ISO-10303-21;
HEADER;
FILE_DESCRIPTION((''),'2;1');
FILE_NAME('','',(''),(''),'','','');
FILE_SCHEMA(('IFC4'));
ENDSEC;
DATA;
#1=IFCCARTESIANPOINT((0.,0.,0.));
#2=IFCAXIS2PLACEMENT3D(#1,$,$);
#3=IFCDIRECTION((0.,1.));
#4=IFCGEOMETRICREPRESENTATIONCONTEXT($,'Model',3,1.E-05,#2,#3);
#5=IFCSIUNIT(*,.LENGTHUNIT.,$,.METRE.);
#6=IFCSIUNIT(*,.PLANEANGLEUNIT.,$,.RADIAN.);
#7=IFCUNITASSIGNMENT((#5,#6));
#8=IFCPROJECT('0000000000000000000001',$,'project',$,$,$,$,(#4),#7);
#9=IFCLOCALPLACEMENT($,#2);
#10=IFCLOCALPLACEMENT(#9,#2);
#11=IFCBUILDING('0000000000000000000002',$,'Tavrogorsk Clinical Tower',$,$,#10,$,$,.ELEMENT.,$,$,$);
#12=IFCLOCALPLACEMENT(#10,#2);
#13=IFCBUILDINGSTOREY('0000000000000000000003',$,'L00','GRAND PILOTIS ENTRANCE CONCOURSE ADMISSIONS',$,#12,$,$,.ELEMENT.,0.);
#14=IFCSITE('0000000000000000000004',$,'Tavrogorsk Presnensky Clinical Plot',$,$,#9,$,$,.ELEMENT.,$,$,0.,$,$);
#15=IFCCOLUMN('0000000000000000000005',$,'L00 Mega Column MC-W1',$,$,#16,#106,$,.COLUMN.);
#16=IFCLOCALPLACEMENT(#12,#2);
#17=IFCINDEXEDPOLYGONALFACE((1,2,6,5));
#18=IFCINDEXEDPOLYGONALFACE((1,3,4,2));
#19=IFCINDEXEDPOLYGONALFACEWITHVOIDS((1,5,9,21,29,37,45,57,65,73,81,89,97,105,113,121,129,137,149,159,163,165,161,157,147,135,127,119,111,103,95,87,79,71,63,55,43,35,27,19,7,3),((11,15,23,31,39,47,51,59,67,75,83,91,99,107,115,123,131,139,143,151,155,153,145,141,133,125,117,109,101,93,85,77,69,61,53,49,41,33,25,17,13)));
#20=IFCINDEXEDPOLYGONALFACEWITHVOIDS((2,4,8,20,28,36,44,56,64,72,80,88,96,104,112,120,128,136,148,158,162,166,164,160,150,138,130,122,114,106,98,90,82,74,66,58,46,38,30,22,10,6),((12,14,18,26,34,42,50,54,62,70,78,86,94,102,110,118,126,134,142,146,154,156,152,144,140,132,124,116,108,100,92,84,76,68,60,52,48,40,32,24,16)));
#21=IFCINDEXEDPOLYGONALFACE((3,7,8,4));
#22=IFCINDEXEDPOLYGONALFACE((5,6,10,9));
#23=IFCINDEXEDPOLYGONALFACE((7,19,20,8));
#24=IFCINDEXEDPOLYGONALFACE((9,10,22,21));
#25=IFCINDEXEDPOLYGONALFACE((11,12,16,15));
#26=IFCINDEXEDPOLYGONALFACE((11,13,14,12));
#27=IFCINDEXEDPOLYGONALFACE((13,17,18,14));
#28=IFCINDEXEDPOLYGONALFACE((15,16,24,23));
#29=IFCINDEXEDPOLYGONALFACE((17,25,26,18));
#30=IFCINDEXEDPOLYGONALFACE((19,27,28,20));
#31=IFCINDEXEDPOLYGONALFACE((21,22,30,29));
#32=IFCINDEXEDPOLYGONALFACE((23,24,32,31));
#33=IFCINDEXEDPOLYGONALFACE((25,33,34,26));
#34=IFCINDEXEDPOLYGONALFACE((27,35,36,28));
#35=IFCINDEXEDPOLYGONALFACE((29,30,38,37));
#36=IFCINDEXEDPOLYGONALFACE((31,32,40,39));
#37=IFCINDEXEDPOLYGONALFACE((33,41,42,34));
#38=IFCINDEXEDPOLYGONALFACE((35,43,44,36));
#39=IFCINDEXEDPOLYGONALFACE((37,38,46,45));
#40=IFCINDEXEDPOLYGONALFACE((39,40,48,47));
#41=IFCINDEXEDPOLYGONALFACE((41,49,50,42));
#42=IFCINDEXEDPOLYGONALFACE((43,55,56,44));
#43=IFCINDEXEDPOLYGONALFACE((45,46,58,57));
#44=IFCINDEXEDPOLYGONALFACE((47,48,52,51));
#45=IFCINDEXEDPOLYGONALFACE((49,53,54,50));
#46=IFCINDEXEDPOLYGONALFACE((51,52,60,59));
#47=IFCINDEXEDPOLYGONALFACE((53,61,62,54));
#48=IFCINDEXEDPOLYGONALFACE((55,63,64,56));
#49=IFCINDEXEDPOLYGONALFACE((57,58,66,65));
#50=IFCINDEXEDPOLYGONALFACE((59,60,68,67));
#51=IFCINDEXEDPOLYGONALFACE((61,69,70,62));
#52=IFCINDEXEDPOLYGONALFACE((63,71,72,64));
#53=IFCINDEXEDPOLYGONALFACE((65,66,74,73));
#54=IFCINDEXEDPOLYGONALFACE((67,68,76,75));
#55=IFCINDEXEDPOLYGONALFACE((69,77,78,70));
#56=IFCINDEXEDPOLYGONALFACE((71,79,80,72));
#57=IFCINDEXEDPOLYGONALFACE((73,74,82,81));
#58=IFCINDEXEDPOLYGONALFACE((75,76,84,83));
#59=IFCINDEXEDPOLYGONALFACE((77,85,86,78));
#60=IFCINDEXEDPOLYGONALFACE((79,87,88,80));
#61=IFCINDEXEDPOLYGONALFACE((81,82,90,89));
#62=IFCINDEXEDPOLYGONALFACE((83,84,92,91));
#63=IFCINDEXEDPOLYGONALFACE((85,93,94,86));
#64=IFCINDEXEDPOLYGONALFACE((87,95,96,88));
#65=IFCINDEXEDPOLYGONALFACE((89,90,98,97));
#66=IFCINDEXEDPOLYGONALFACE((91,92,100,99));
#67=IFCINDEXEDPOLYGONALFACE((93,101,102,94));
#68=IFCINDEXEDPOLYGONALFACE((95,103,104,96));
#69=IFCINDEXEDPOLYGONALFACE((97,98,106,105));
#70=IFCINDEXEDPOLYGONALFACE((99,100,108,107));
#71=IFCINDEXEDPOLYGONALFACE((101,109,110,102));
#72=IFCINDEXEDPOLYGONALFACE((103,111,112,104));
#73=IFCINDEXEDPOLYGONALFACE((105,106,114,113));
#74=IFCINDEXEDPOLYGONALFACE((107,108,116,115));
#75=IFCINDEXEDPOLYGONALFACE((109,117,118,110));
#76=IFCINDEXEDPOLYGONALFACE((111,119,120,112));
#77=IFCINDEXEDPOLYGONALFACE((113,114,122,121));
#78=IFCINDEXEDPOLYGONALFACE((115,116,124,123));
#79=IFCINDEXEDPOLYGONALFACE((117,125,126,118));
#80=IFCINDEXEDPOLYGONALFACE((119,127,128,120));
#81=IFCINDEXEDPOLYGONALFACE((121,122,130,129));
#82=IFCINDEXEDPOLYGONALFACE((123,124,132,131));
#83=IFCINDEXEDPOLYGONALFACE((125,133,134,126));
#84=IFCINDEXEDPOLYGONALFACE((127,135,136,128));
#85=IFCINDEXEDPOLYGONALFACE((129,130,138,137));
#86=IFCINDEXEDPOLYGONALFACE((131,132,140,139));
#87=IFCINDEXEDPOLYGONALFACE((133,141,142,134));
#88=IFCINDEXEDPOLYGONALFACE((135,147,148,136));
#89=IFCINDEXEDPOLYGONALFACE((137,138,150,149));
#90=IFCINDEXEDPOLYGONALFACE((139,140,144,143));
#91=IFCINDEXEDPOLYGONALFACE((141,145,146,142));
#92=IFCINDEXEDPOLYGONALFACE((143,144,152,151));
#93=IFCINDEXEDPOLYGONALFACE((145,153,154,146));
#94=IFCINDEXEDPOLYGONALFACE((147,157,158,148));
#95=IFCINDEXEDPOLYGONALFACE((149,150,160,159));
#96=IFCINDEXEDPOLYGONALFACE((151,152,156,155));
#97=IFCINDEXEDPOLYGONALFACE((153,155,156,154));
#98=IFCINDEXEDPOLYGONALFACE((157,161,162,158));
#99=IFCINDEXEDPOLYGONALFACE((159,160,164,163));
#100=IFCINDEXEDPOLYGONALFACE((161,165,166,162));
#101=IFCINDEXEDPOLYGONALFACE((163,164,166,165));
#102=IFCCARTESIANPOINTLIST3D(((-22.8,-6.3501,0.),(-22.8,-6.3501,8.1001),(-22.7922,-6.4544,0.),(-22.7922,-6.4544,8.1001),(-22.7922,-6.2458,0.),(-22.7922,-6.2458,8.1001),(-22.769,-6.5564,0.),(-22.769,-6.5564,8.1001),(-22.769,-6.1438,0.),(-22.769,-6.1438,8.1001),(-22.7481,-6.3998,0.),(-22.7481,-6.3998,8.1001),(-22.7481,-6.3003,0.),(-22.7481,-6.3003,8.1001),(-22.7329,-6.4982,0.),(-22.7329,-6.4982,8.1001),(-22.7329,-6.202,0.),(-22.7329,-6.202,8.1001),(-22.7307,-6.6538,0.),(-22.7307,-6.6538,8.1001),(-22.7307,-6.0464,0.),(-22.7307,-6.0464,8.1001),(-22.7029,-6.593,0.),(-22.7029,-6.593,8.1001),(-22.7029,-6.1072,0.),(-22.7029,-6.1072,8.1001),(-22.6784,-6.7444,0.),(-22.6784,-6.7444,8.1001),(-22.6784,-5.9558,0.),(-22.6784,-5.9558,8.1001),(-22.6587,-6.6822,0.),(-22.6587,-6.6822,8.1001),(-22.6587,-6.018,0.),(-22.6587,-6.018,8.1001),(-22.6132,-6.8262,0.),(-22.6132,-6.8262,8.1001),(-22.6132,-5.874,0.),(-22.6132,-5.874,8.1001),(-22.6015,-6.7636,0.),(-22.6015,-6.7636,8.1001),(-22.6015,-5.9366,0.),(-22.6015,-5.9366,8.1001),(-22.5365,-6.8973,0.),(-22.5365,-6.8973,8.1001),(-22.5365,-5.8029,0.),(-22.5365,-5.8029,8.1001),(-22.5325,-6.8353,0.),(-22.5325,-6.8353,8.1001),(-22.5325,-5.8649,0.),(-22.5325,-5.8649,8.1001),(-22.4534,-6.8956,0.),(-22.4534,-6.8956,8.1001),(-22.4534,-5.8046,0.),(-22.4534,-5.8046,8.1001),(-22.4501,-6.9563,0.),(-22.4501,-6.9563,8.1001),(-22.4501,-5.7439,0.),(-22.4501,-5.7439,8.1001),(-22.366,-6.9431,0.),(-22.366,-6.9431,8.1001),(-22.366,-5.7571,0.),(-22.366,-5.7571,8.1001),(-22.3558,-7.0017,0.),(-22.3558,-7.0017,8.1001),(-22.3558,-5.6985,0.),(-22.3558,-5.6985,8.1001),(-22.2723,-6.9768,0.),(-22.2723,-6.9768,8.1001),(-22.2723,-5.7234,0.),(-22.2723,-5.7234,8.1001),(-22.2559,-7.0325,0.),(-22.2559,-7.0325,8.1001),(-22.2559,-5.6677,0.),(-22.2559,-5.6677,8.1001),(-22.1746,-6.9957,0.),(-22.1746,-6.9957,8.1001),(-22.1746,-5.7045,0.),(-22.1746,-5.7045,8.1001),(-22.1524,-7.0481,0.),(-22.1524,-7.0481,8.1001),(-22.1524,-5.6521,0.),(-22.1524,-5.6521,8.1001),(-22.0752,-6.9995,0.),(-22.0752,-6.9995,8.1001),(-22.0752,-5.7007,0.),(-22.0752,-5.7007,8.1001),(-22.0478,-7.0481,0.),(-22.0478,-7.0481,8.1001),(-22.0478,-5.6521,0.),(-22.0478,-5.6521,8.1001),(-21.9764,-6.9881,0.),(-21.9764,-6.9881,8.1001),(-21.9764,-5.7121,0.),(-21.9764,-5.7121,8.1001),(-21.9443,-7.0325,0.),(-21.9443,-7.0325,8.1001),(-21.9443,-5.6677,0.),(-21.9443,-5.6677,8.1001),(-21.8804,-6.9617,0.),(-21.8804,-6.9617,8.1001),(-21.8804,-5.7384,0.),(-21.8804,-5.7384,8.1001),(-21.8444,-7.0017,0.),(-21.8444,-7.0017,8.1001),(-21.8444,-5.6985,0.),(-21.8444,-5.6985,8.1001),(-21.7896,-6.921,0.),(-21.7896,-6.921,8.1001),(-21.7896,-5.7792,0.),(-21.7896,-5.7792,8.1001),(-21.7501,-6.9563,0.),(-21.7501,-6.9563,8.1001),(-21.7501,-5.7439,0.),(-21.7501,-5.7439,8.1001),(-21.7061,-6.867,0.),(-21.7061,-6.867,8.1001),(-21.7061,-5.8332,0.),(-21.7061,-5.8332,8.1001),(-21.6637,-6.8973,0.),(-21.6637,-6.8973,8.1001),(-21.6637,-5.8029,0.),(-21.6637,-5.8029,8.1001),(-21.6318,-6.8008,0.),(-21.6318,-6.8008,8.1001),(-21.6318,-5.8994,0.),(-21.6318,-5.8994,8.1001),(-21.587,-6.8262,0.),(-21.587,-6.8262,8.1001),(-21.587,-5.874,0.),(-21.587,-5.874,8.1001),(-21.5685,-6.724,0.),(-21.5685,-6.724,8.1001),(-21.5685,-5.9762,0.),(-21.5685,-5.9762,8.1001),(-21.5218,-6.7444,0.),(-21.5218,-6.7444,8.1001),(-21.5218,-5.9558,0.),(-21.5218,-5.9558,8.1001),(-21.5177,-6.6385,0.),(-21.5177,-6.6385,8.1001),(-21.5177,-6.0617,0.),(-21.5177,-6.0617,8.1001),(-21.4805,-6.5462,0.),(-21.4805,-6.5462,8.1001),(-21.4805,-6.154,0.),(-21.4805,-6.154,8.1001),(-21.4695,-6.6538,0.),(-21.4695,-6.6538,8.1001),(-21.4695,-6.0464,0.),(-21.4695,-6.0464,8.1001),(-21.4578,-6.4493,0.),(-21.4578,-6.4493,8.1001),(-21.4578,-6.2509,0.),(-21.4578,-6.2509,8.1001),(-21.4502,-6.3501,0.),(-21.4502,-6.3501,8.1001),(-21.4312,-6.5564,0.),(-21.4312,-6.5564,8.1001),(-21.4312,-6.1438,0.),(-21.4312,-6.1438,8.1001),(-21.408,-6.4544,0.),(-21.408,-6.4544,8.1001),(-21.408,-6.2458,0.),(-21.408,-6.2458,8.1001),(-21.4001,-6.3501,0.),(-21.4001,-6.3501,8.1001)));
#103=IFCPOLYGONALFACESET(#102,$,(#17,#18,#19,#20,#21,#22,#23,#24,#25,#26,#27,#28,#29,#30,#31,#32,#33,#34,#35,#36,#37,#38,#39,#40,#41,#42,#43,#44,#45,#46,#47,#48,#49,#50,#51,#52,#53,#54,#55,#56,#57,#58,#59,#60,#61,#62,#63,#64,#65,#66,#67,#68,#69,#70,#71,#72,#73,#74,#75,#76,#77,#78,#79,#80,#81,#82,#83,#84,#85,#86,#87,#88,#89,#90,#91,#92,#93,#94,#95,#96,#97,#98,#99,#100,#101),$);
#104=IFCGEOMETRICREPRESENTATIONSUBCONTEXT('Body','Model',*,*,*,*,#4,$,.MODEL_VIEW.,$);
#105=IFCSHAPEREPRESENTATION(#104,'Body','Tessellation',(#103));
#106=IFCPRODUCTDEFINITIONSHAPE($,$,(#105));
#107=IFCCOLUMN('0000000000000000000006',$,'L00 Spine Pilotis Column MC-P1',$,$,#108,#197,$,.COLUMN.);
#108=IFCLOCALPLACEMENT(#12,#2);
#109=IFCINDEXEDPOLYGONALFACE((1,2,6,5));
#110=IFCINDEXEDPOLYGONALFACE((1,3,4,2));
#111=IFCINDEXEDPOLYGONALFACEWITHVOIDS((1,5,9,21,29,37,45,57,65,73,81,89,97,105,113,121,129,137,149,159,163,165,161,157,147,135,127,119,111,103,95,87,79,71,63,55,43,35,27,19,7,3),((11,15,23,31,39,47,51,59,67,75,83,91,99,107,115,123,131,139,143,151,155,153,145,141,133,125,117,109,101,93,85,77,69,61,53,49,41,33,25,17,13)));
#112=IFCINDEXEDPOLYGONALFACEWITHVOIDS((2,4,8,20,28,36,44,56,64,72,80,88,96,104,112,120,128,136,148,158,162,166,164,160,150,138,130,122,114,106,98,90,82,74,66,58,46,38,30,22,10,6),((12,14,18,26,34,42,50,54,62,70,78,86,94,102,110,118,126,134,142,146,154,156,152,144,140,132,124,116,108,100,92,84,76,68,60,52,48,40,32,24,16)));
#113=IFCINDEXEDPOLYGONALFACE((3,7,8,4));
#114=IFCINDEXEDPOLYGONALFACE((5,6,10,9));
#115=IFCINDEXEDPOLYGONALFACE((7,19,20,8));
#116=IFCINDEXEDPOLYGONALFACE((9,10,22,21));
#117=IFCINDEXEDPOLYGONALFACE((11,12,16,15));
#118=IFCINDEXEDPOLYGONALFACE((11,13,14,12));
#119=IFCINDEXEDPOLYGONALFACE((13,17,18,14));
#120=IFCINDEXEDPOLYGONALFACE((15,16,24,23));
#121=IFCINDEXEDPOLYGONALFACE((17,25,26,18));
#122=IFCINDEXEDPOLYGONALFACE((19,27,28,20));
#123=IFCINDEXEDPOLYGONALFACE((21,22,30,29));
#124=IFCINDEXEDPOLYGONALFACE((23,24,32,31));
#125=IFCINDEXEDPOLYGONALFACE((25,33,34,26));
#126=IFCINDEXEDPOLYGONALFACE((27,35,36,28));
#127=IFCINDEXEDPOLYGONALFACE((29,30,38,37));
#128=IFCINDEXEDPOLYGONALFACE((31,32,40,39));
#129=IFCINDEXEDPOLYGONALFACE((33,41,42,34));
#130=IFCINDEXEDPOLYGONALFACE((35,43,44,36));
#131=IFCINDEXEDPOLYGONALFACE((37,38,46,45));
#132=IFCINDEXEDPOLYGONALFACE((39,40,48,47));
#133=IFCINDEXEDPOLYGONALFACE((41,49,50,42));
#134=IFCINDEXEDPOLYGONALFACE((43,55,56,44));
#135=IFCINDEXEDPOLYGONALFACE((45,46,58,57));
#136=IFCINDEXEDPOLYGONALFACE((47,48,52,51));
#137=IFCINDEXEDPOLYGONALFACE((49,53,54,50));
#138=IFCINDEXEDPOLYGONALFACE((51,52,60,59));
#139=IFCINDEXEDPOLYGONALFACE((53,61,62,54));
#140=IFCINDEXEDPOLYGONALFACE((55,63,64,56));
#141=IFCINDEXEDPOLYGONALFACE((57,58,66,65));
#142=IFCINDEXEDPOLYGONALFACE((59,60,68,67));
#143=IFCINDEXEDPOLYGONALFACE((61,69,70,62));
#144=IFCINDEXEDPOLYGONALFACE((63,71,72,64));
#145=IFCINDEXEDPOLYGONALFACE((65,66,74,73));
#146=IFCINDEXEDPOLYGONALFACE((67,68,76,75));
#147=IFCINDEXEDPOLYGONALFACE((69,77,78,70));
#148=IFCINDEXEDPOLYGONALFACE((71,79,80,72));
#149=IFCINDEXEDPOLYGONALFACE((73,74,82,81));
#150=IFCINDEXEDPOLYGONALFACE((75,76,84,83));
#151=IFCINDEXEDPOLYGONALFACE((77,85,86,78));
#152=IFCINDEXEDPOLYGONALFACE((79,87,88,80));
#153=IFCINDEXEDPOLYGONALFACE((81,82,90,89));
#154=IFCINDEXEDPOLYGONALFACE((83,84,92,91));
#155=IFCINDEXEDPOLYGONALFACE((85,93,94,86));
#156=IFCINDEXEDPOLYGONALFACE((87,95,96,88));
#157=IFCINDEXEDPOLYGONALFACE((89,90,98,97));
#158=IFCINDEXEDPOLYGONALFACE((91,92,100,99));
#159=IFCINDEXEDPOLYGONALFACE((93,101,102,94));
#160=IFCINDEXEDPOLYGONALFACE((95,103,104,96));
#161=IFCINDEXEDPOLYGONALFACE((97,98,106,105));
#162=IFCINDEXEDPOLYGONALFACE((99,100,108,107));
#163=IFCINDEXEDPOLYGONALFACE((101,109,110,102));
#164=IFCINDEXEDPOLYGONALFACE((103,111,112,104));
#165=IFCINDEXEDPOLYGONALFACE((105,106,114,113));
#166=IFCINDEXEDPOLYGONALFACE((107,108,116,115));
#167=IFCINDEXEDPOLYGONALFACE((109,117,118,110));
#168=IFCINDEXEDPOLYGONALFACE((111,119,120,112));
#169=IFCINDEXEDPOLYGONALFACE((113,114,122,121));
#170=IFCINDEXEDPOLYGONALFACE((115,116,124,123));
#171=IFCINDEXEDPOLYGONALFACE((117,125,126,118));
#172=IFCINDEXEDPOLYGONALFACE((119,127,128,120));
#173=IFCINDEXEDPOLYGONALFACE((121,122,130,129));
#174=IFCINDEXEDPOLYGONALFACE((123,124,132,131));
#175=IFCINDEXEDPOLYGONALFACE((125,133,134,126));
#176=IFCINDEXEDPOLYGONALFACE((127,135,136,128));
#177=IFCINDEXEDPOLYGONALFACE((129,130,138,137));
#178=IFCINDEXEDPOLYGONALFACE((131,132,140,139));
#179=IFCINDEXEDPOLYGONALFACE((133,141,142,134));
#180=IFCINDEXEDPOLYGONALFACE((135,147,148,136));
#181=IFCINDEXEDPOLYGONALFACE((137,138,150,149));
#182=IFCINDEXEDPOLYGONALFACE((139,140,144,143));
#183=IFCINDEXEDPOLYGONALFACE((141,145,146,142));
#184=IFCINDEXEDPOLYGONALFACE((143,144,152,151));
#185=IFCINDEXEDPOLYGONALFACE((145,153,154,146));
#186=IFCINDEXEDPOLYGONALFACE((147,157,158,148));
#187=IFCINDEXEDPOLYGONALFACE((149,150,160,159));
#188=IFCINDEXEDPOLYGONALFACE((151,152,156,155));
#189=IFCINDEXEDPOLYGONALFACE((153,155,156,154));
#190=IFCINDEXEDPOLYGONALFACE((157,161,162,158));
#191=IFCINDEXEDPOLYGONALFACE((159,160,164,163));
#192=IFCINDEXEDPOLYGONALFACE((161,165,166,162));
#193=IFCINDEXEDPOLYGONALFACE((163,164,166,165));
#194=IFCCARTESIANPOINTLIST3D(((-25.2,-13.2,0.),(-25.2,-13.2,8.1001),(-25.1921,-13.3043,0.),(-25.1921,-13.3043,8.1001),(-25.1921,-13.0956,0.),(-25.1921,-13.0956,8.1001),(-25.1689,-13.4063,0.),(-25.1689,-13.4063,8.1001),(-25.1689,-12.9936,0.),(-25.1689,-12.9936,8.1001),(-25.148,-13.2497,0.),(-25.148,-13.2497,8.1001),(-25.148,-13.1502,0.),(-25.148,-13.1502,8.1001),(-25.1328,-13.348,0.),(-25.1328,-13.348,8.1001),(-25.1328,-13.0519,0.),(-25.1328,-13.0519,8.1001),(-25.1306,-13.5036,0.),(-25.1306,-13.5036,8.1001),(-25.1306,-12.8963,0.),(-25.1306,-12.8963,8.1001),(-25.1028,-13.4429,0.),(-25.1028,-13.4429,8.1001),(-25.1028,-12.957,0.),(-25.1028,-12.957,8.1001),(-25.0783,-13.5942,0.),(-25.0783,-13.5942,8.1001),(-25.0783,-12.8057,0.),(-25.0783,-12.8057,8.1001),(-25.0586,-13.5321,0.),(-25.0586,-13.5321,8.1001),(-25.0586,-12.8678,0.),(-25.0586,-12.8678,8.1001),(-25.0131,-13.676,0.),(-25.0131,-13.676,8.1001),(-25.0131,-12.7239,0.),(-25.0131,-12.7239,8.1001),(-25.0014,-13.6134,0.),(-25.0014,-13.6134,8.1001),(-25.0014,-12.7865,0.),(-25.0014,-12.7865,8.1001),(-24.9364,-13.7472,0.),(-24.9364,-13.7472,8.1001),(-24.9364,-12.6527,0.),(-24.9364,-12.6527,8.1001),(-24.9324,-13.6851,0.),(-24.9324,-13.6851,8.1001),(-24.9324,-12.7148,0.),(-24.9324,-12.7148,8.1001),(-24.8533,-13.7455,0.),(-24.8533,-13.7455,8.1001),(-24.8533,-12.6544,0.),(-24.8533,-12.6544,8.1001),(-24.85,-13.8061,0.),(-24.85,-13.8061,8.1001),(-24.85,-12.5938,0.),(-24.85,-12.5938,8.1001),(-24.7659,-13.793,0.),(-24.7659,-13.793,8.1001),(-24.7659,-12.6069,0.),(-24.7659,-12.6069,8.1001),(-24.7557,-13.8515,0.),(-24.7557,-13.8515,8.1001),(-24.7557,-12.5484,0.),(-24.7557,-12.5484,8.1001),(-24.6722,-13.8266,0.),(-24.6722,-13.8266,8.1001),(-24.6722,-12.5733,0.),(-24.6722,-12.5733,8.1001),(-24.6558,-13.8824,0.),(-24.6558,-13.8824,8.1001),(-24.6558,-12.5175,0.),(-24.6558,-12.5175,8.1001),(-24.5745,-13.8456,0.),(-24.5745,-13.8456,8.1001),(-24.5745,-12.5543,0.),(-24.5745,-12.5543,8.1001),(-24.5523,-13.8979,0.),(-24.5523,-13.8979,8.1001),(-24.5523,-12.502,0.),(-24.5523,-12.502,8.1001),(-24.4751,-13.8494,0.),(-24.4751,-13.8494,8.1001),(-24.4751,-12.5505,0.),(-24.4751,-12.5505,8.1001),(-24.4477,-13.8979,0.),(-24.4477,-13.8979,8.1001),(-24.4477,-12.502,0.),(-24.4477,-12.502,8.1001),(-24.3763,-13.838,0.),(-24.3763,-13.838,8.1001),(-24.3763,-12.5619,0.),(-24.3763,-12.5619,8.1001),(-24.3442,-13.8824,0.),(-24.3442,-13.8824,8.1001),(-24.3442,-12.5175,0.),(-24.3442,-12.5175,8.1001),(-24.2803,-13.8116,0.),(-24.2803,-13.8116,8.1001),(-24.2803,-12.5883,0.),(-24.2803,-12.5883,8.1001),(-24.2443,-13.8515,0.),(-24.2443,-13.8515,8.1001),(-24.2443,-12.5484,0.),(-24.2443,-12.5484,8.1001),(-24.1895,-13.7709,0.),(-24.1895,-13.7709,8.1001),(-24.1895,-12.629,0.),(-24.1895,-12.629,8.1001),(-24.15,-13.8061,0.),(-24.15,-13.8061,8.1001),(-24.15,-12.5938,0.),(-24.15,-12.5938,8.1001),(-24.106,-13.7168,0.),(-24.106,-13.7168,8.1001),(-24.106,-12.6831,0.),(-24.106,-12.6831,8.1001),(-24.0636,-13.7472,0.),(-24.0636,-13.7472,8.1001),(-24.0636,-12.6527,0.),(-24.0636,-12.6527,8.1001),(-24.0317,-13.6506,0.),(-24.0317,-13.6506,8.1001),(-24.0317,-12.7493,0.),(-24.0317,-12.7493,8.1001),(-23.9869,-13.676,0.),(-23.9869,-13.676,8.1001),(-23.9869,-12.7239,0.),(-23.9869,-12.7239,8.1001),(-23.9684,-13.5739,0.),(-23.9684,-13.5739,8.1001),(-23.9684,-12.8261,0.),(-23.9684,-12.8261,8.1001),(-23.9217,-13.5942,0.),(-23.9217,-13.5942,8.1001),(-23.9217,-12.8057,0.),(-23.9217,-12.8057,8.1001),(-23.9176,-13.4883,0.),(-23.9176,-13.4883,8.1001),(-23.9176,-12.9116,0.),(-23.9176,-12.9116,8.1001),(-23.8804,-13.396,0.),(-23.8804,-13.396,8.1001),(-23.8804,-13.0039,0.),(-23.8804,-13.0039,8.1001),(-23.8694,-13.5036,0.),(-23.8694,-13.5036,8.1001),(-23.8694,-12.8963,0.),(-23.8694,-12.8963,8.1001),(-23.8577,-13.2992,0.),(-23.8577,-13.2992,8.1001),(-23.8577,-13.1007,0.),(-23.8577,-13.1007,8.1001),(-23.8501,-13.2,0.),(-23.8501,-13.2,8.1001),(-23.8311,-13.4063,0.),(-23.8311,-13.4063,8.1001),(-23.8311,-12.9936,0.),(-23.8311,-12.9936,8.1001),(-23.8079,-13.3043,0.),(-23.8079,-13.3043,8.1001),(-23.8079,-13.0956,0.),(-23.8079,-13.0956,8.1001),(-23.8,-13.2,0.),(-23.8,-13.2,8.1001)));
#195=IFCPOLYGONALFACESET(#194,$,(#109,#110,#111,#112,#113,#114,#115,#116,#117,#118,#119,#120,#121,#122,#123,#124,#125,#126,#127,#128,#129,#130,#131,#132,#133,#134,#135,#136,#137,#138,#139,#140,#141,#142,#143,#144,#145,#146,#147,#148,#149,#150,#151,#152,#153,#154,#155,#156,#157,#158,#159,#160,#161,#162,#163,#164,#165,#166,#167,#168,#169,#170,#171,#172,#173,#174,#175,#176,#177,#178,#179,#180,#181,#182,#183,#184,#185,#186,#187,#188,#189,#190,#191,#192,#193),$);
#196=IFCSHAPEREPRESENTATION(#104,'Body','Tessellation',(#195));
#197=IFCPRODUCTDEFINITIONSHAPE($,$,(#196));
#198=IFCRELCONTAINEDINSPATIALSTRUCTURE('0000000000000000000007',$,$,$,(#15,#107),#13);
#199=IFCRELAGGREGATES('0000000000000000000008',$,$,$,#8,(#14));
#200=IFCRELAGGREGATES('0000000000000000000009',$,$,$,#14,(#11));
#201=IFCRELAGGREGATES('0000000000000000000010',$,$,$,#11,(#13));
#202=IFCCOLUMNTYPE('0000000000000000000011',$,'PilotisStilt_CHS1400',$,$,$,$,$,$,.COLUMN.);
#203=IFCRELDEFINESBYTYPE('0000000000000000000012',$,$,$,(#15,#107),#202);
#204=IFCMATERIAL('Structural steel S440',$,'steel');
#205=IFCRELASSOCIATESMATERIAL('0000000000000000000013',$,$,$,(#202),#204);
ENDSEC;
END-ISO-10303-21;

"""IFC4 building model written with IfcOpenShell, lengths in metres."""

from ifc_helpers import new_model, si_unit, direction, frame, origin, origin_2d, place, context, subcontext, project, spatial, hollow_circle, extrude, material, material_profile, profile_set, type_object, element, save


model = new_model("IFC4")

# Units and contexts
model_context = context("Model", 3, precision=1e-05, world=origin(), true_north=direction((0.0, 1.0)))
body_context = subcontext(model_context, "Body", "Model", "MODEL_VIEW")
ifc_project = project(units=[si_unit("LENGTHUNIT", "METRE"), si_unit("PLANEANGLEUNIT", "RADIAN")], contexts=[model_context])

# Site, building, storey
site_placement = place(None, origin())
site = spatial("IfcSite", under=ifc_project, at=site_placement, Name="Tavrogorsk Presnensky Clinical Plot", CompositionType="ELEMENT", RefElevation=0.0)
building_placement = place(site_placement, origin())
building = spatial("IfcBuilding", under=site, at=building_placement, Name="Tavrogorsk Clinical Tower", CompositionType="ELEMENT")
storey_placement = place(building_placement, origin())
storey = spatial("IfcBuildingStorey", under=building, at=storey_placement, Name="L00", Description="GRAND PILOTIS ENTRANCE CONCOURSE ADMISSIONS", CompositionType="ELEMENT", Elevation=0.0)

# Columns
ifc_material_1 = material(Name="Structural steel S440", Category="steel")
ifc_material_profile_1 = material_profile(ifc_material_1, hollow_circle(Radius=0.7, WallThickness=0.05, at=origin_2d()), Name="CHS-1400x50")
ifc_profile_set_1 = profile_set([ifc_material_profile_1], Name="Structural steel S440")
column_type = type_object("IfcColumnType", Name="PilotisStilt_CHS1400", PredefinedType="COLUMN", material=ifc_profile_set_1)
for number, where, z_axis, x_axis, name in (
    (1, (-22.1001, -6.3501, 0.0), (0.0, 0.0, 1.0), (1.0, 0.0, 0.0), "L00 Mega Column MC-W1"),
    (2, (-24.5, -13.2, 0.0), (0.0, 0.0, 1.0), (1.0, 0.0, 0.0), "L00 Spine Pilotis Column MC-P1"),
):
    element("IfcColumn", number, at=place(storey_placement, frame(where, z_axis=z_axis, x_axis=x_axis)), inside=storey, type_object=column_type, Name=name, PredefinedType="COLUMN", context=body_context, shape_type="SweptSolid", body=[
        extrude(hollow_circle(Radius=0.7, WallThickness=0.05, at=origin_2d()), origin(), (0.0, 0.0, 1.0), 8.1001),
    ])

save(model, "model.ifc")
